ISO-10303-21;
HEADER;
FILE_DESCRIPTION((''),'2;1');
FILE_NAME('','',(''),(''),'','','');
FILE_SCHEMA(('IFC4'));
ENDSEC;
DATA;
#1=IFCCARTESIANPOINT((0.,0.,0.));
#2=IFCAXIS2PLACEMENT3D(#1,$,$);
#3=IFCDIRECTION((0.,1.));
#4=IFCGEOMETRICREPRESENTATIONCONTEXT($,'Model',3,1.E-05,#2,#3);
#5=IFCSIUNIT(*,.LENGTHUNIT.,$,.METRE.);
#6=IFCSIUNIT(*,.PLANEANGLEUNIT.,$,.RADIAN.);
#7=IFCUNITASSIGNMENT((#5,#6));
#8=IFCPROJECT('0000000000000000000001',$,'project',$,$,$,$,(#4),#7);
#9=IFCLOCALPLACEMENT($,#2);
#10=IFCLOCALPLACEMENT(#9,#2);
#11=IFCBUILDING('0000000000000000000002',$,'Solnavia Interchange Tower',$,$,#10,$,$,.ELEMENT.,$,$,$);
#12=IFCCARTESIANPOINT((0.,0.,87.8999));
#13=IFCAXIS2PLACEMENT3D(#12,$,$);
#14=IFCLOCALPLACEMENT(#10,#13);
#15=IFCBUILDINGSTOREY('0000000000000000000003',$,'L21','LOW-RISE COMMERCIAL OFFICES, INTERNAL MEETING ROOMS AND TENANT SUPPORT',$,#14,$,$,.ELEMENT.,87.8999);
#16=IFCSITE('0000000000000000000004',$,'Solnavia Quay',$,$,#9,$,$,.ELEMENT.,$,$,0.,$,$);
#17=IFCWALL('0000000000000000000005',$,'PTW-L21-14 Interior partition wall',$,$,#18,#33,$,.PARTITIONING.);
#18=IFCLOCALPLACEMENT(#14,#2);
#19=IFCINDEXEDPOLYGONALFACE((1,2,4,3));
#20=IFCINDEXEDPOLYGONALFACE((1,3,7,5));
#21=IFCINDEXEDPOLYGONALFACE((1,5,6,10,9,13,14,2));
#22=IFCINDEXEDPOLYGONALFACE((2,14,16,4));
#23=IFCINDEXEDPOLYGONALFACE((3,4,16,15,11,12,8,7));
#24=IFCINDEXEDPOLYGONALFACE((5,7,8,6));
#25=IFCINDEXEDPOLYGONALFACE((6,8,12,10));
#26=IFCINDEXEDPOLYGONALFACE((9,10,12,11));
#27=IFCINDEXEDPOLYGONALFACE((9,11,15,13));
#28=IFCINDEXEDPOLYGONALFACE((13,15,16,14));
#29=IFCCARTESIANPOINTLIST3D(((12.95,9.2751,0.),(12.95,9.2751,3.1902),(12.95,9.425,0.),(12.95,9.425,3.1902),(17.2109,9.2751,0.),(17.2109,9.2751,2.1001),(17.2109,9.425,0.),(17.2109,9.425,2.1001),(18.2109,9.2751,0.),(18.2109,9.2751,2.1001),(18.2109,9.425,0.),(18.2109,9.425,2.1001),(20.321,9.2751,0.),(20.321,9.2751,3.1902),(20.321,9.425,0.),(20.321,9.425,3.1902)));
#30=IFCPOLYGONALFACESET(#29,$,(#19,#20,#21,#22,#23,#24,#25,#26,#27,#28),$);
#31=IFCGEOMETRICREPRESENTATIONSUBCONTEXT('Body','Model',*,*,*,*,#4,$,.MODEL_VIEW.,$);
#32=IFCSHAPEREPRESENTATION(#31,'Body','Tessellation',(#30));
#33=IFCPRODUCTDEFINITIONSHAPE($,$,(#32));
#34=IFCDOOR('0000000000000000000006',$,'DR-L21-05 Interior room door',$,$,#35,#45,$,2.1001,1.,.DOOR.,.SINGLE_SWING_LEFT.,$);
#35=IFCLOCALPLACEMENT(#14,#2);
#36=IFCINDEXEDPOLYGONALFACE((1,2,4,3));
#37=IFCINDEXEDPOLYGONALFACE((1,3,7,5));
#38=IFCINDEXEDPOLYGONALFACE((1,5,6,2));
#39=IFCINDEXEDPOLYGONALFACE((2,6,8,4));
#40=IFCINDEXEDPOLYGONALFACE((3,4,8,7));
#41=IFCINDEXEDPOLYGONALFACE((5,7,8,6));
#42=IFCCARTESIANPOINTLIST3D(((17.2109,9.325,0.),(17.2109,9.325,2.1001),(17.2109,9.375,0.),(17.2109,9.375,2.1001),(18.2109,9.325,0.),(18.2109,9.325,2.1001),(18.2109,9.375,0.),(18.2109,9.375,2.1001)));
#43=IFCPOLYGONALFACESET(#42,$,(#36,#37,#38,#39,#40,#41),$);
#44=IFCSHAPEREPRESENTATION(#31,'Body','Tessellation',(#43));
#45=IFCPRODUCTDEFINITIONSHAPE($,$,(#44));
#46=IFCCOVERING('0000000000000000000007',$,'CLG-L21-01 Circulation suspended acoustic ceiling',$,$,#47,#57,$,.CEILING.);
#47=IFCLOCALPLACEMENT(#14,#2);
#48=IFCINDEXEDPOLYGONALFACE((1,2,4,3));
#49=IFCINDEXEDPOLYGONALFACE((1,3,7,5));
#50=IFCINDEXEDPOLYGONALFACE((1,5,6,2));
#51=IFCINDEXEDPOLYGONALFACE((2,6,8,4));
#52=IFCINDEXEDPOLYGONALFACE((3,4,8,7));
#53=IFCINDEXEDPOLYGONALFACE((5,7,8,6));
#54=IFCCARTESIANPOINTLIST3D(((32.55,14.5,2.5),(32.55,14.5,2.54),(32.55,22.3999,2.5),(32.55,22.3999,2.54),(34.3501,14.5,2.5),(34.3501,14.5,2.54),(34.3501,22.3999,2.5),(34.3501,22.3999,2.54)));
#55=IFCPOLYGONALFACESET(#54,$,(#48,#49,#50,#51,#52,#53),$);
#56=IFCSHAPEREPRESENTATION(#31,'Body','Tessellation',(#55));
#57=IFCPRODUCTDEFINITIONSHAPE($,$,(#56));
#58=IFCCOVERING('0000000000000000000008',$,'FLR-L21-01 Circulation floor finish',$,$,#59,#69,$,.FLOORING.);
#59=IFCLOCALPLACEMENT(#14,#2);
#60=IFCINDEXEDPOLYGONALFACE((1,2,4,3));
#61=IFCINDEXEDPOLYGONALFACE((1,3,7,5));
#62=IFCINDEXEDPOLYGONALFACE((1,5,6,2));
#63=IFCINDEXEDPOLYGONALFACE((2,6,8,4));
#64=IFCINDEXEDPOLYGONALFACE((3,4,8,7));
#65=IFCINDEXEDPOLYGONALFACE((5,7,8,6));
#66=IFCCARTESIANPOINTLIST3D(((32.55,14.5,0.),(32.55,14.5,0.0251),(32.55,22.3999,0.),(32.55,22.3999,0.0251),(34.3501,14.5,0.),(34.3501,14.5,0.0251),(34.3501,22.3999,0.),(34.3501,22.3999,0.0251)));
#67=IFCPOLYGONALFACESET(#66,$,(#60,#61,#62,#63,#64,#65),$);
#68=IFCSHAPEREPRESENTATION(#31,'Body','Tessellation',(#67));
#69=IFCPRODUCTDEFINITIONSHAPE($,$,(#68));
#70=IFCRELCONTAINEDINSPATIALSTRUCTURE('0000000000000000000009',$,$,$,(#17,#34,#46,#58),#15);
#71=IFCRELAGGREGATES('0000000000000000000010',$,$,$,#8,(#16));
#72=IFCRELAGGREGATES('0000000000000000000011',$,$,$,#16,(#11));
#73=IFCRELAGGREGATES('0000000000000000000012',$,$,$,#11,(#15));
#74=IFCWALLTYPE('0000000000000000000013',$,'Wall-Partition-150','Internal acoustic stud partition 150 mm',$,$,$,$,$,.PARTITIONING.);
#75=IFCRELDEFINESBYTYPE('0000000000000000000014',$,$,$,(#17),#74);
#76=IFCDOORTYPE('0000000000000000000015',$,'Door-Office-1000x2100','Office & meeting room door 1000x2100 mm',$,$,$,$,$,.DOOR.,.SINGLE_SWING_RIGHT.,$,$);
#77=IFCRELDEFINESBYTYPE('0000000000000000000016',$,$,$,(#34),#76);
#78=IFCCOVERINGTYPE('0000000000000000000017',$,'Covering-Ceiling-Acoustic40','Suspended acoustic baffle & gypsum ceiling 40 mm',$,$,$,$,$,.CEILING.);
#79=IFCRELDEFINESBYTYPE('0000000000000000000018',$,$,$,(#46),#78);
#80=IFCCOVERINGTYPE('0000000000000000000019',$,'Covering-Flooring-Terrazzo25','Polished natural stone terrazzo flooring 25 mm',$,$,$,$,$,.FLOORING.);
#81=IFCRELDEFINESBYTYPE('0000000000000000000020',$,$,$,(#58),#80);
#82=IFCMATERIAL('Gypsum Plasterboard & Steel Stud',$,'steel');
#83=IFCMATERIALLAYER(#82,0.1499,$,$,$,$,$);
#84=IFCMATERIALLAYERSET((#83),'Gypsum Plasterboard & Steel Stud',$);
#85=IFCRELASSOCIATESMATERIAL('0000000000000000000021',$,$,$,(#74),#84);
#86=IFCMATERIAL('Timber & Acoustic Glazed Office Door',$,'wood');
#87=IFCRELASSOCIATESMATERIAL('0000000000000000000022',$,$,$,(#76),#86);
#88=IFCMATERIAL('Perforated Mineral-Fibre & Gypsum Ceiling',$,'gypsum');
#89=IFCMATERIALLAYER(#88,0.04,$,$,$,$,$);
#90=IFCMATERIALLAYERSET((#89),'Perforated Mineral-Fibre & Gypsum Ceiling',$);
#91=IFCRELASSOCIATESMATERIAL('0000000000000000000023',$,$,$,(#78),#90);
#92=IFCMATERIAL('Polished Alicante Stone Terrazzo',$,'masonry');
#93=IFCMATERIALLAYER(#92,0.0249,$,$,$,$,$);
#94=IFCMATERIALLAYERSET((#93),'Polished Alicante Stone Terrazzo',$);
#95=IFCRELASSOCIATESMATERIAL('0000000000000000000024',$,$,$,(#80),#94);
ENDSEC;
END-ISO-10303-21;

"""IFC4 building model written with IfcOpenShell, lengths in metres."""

from ifc_helpers import new_model, si_unit, direction, frame, frame_2d, origin, place, context, subcontext, project, spatial, polyline, rectangle, outline, extrude, material, layer, layer_set, type_object, element, fill, save


model = new_model("IFC4")

# Units and contexts
model_context = context("Model", 3, precision=1e-05, world=origin(), true_north=direction((0.0, 1.0)))
body_context = subcontext(model_context, "Body", "Model", "MODEL_VIEW")
ifc_project = project(units=[si_unit("LENGTHUNIT", "METRE"), si_unit("PLANEANGLEUNIT", "RADIAN")], contexts=[model_context])

# Site, building, storey
site_placement = place(None, origin())
site = spatial("IfcSite", under=ifc_project, at=site_placement, Name="Solnavia Quay", CompositionType="ELEMENT", RefElevation=0.0)
building_placement = place(site_placement, origin())
building = spatial("IfcBuilding", under=site, at=building_placement, Name="Solnavia Interchange Tower", CompositionType="ELEMENT")
storey_placement = place(building_placement, frame((0.0, 0.0, 87.8999)))
storey = spatial("IfcBuildingStorey", under=building, at=storey_placement, Name="L21", Description="LOW-RISE COMMERCIAL OFFICES, INTERNAL MEETING ROOMS AND TENANT SUPPORT", CompositionType="ELEMENT", Elevation=87.8999)

# Shared definitions
ifc_material_1 = material(Name="Gypsum Plasterboard & Steel Stud", Category="steel")
ifc_layer_1 = layer(ifc_material_1, 0.1499)
ifc_layer_set_1 = layer_set([ifc_layer_1], Name="Gypsum Plasterboard & Steel Stud")
wall_type_1 = type_object("IfcWallType", Name="Wall-Partition-150", Description="Internal acoustic stud partition 150 mm", PredefinedType="PARTITIONING", material=ifc_layer_set_1)

# Wall, opening, door
ifc_material_2 = material(Name="Timber & Acoustic Glazed Office Door", Category="wood")
door_type = type_object("IfcDoorType", Name="Door-Office-1000x2100", Description="Office & meeting room door 1000x2100 mm", OperationType="SINGLE_SWING_RIGHT", PredefinedType="DOOR", material=ifc_material_2)
wall_1_placement = place(storey_placement, frame((12.95, 9.3501, 0.0), z_axis=(0.0, 0.0, 1.0), x_axis=(1.0, 0.0, 0.0)))
wall_1 = element("IfcWall", 1, at=wall_1_placement, inside=storey, type_object=wall_type_1, Name="PTW-L21-14 Interior partition wall", PredefinedType="PARTITIONING", context=body_context, shape_type="SweptSolid", body=[
    extrude(rectangle(XDim=7.3711, YDim=0.1499, at=frame_2d((3.6855, 0.0))), origin(), (0.0, 0.0, 1.0), 3.1902),
])
opening_1_placement = place(wall_1_placement, frame((4.261, 0.0, 0.0)))
opening_1 = element("IfcOpeningElement", 2, at=opening_1_placement, cuts=wall_1, PredefinedType="OPENING", context=body_context, shape_type="SweptSolid", body=[
    extrude(rectangle(XDim=1.0, YDim=2.1001, at=frame_2d((0.5, 1.05))), frame((0.0, 0.085, 0.0), z_axis=(0.0, -1.0, 0.0), x_axis=(1.0, 0.0, 0.0)), (0.0, 0.0, 1.0), 0.1699),
])
door_1_placement = place(opening_1_placement, origin())
door_1 = element("IfcDoor", 3, at=door_1_placement, inside=storey, type_object=door_type, Name="DR-L21-05 Interior room door", OperationType="SINGLE_SWING_LEFT", OverallHeight=2.1001, OverallWidth=1.0, PredefinedType="DOOR", context=body_context, shape_type="SweptSolid", body=[
    extrude(rectangle(XDim=1.0, YDim=2.1001, at=frame_2d((0.5, 1.05))), frame((0.0, 0.0249, 0.0), z_axis=(0.0, -1.0, 0.0), x_axis=(1.0, 0.0, 0.0)), (0.0, 0.0, 1.0), 0.05),
])
fill(opening_1, door_1)

# Coverings
ifc_material_3 = material(Name="Perforated Mineral-Fibre & Gypsum Ceiling", Category="gypsum")
ifc_layer_2 = layer(ifc_material_3, 0.04)
ifc_layer_set_2 = layer_set([ifc_layer_2], Name="Perforated Mineral-Fibre & Gypsum Ceiling")
covering_type_1 = type_object("IfcCoveringType", Name="Covering-Ceiling-Acoustic40", Description="Suspended acoustic baffle & gypsum ceiling 40 mm", PredefinedType="CEILING", material=ifc_layer_set_2)
covering_1_placement = place(storey_placement, frame((0.0, 0.0, 2.5)))
element("IfcCovering", 4, at=covering_1_placement, inside=storey, type_object=covering_type_1, Name="CLG-L21-01 Circulation suspended acoustic ceiling", PredefinedType="CEILING", context=body_context, shape_type="SweptSolid", body=[
    extrude(outline(polyline([(32.55, 14.5), (34.3501, 14.5), (34.3501, 22.3999), (32.55, 22.3999), (32.55, 14.5)])), origin(), (0.0, 0.0, 1.0), 0.04),
])
ifc_material_4 = material(Name="Polished Alicante Stone Terrazzo", Category="masonry")
ifc_layer_3 = layer(ifc_material_4, 0.0249)
ifc_layer_set_3 = layer_set([ifc_layer_3], Name="Polished Alicante Stone Terrazzo")
covering_type_2 = type_object("IfcCoveringType", Name="Covering-Flooring-Terrazzo25", Description="Polished natural stone terrazzo flooring 25 mm", PredefinedType="FLOORING", material=ifc_layer_set_3)
covering_2_placement = place(storey_placement, origin())
element("IfcCovering", 5, at=covering_2_placement, inside=storey, type_object=covering_type_2, Name="FLR-L21-01 Circulation floor finish", PredefinedType="FLOORING", context=body_context, shape_type="SweptSolid", body=[
    extrude(outline(polyline([(32.55, 14.5), (34.3501, 14.5), (34.3501, 22.3999), (32.55, 22.3999), (32.55, 14.5)])), origin(), (0.0, 0.0, 1.0), 0.0251),
])

save(model, "model.ifc")
